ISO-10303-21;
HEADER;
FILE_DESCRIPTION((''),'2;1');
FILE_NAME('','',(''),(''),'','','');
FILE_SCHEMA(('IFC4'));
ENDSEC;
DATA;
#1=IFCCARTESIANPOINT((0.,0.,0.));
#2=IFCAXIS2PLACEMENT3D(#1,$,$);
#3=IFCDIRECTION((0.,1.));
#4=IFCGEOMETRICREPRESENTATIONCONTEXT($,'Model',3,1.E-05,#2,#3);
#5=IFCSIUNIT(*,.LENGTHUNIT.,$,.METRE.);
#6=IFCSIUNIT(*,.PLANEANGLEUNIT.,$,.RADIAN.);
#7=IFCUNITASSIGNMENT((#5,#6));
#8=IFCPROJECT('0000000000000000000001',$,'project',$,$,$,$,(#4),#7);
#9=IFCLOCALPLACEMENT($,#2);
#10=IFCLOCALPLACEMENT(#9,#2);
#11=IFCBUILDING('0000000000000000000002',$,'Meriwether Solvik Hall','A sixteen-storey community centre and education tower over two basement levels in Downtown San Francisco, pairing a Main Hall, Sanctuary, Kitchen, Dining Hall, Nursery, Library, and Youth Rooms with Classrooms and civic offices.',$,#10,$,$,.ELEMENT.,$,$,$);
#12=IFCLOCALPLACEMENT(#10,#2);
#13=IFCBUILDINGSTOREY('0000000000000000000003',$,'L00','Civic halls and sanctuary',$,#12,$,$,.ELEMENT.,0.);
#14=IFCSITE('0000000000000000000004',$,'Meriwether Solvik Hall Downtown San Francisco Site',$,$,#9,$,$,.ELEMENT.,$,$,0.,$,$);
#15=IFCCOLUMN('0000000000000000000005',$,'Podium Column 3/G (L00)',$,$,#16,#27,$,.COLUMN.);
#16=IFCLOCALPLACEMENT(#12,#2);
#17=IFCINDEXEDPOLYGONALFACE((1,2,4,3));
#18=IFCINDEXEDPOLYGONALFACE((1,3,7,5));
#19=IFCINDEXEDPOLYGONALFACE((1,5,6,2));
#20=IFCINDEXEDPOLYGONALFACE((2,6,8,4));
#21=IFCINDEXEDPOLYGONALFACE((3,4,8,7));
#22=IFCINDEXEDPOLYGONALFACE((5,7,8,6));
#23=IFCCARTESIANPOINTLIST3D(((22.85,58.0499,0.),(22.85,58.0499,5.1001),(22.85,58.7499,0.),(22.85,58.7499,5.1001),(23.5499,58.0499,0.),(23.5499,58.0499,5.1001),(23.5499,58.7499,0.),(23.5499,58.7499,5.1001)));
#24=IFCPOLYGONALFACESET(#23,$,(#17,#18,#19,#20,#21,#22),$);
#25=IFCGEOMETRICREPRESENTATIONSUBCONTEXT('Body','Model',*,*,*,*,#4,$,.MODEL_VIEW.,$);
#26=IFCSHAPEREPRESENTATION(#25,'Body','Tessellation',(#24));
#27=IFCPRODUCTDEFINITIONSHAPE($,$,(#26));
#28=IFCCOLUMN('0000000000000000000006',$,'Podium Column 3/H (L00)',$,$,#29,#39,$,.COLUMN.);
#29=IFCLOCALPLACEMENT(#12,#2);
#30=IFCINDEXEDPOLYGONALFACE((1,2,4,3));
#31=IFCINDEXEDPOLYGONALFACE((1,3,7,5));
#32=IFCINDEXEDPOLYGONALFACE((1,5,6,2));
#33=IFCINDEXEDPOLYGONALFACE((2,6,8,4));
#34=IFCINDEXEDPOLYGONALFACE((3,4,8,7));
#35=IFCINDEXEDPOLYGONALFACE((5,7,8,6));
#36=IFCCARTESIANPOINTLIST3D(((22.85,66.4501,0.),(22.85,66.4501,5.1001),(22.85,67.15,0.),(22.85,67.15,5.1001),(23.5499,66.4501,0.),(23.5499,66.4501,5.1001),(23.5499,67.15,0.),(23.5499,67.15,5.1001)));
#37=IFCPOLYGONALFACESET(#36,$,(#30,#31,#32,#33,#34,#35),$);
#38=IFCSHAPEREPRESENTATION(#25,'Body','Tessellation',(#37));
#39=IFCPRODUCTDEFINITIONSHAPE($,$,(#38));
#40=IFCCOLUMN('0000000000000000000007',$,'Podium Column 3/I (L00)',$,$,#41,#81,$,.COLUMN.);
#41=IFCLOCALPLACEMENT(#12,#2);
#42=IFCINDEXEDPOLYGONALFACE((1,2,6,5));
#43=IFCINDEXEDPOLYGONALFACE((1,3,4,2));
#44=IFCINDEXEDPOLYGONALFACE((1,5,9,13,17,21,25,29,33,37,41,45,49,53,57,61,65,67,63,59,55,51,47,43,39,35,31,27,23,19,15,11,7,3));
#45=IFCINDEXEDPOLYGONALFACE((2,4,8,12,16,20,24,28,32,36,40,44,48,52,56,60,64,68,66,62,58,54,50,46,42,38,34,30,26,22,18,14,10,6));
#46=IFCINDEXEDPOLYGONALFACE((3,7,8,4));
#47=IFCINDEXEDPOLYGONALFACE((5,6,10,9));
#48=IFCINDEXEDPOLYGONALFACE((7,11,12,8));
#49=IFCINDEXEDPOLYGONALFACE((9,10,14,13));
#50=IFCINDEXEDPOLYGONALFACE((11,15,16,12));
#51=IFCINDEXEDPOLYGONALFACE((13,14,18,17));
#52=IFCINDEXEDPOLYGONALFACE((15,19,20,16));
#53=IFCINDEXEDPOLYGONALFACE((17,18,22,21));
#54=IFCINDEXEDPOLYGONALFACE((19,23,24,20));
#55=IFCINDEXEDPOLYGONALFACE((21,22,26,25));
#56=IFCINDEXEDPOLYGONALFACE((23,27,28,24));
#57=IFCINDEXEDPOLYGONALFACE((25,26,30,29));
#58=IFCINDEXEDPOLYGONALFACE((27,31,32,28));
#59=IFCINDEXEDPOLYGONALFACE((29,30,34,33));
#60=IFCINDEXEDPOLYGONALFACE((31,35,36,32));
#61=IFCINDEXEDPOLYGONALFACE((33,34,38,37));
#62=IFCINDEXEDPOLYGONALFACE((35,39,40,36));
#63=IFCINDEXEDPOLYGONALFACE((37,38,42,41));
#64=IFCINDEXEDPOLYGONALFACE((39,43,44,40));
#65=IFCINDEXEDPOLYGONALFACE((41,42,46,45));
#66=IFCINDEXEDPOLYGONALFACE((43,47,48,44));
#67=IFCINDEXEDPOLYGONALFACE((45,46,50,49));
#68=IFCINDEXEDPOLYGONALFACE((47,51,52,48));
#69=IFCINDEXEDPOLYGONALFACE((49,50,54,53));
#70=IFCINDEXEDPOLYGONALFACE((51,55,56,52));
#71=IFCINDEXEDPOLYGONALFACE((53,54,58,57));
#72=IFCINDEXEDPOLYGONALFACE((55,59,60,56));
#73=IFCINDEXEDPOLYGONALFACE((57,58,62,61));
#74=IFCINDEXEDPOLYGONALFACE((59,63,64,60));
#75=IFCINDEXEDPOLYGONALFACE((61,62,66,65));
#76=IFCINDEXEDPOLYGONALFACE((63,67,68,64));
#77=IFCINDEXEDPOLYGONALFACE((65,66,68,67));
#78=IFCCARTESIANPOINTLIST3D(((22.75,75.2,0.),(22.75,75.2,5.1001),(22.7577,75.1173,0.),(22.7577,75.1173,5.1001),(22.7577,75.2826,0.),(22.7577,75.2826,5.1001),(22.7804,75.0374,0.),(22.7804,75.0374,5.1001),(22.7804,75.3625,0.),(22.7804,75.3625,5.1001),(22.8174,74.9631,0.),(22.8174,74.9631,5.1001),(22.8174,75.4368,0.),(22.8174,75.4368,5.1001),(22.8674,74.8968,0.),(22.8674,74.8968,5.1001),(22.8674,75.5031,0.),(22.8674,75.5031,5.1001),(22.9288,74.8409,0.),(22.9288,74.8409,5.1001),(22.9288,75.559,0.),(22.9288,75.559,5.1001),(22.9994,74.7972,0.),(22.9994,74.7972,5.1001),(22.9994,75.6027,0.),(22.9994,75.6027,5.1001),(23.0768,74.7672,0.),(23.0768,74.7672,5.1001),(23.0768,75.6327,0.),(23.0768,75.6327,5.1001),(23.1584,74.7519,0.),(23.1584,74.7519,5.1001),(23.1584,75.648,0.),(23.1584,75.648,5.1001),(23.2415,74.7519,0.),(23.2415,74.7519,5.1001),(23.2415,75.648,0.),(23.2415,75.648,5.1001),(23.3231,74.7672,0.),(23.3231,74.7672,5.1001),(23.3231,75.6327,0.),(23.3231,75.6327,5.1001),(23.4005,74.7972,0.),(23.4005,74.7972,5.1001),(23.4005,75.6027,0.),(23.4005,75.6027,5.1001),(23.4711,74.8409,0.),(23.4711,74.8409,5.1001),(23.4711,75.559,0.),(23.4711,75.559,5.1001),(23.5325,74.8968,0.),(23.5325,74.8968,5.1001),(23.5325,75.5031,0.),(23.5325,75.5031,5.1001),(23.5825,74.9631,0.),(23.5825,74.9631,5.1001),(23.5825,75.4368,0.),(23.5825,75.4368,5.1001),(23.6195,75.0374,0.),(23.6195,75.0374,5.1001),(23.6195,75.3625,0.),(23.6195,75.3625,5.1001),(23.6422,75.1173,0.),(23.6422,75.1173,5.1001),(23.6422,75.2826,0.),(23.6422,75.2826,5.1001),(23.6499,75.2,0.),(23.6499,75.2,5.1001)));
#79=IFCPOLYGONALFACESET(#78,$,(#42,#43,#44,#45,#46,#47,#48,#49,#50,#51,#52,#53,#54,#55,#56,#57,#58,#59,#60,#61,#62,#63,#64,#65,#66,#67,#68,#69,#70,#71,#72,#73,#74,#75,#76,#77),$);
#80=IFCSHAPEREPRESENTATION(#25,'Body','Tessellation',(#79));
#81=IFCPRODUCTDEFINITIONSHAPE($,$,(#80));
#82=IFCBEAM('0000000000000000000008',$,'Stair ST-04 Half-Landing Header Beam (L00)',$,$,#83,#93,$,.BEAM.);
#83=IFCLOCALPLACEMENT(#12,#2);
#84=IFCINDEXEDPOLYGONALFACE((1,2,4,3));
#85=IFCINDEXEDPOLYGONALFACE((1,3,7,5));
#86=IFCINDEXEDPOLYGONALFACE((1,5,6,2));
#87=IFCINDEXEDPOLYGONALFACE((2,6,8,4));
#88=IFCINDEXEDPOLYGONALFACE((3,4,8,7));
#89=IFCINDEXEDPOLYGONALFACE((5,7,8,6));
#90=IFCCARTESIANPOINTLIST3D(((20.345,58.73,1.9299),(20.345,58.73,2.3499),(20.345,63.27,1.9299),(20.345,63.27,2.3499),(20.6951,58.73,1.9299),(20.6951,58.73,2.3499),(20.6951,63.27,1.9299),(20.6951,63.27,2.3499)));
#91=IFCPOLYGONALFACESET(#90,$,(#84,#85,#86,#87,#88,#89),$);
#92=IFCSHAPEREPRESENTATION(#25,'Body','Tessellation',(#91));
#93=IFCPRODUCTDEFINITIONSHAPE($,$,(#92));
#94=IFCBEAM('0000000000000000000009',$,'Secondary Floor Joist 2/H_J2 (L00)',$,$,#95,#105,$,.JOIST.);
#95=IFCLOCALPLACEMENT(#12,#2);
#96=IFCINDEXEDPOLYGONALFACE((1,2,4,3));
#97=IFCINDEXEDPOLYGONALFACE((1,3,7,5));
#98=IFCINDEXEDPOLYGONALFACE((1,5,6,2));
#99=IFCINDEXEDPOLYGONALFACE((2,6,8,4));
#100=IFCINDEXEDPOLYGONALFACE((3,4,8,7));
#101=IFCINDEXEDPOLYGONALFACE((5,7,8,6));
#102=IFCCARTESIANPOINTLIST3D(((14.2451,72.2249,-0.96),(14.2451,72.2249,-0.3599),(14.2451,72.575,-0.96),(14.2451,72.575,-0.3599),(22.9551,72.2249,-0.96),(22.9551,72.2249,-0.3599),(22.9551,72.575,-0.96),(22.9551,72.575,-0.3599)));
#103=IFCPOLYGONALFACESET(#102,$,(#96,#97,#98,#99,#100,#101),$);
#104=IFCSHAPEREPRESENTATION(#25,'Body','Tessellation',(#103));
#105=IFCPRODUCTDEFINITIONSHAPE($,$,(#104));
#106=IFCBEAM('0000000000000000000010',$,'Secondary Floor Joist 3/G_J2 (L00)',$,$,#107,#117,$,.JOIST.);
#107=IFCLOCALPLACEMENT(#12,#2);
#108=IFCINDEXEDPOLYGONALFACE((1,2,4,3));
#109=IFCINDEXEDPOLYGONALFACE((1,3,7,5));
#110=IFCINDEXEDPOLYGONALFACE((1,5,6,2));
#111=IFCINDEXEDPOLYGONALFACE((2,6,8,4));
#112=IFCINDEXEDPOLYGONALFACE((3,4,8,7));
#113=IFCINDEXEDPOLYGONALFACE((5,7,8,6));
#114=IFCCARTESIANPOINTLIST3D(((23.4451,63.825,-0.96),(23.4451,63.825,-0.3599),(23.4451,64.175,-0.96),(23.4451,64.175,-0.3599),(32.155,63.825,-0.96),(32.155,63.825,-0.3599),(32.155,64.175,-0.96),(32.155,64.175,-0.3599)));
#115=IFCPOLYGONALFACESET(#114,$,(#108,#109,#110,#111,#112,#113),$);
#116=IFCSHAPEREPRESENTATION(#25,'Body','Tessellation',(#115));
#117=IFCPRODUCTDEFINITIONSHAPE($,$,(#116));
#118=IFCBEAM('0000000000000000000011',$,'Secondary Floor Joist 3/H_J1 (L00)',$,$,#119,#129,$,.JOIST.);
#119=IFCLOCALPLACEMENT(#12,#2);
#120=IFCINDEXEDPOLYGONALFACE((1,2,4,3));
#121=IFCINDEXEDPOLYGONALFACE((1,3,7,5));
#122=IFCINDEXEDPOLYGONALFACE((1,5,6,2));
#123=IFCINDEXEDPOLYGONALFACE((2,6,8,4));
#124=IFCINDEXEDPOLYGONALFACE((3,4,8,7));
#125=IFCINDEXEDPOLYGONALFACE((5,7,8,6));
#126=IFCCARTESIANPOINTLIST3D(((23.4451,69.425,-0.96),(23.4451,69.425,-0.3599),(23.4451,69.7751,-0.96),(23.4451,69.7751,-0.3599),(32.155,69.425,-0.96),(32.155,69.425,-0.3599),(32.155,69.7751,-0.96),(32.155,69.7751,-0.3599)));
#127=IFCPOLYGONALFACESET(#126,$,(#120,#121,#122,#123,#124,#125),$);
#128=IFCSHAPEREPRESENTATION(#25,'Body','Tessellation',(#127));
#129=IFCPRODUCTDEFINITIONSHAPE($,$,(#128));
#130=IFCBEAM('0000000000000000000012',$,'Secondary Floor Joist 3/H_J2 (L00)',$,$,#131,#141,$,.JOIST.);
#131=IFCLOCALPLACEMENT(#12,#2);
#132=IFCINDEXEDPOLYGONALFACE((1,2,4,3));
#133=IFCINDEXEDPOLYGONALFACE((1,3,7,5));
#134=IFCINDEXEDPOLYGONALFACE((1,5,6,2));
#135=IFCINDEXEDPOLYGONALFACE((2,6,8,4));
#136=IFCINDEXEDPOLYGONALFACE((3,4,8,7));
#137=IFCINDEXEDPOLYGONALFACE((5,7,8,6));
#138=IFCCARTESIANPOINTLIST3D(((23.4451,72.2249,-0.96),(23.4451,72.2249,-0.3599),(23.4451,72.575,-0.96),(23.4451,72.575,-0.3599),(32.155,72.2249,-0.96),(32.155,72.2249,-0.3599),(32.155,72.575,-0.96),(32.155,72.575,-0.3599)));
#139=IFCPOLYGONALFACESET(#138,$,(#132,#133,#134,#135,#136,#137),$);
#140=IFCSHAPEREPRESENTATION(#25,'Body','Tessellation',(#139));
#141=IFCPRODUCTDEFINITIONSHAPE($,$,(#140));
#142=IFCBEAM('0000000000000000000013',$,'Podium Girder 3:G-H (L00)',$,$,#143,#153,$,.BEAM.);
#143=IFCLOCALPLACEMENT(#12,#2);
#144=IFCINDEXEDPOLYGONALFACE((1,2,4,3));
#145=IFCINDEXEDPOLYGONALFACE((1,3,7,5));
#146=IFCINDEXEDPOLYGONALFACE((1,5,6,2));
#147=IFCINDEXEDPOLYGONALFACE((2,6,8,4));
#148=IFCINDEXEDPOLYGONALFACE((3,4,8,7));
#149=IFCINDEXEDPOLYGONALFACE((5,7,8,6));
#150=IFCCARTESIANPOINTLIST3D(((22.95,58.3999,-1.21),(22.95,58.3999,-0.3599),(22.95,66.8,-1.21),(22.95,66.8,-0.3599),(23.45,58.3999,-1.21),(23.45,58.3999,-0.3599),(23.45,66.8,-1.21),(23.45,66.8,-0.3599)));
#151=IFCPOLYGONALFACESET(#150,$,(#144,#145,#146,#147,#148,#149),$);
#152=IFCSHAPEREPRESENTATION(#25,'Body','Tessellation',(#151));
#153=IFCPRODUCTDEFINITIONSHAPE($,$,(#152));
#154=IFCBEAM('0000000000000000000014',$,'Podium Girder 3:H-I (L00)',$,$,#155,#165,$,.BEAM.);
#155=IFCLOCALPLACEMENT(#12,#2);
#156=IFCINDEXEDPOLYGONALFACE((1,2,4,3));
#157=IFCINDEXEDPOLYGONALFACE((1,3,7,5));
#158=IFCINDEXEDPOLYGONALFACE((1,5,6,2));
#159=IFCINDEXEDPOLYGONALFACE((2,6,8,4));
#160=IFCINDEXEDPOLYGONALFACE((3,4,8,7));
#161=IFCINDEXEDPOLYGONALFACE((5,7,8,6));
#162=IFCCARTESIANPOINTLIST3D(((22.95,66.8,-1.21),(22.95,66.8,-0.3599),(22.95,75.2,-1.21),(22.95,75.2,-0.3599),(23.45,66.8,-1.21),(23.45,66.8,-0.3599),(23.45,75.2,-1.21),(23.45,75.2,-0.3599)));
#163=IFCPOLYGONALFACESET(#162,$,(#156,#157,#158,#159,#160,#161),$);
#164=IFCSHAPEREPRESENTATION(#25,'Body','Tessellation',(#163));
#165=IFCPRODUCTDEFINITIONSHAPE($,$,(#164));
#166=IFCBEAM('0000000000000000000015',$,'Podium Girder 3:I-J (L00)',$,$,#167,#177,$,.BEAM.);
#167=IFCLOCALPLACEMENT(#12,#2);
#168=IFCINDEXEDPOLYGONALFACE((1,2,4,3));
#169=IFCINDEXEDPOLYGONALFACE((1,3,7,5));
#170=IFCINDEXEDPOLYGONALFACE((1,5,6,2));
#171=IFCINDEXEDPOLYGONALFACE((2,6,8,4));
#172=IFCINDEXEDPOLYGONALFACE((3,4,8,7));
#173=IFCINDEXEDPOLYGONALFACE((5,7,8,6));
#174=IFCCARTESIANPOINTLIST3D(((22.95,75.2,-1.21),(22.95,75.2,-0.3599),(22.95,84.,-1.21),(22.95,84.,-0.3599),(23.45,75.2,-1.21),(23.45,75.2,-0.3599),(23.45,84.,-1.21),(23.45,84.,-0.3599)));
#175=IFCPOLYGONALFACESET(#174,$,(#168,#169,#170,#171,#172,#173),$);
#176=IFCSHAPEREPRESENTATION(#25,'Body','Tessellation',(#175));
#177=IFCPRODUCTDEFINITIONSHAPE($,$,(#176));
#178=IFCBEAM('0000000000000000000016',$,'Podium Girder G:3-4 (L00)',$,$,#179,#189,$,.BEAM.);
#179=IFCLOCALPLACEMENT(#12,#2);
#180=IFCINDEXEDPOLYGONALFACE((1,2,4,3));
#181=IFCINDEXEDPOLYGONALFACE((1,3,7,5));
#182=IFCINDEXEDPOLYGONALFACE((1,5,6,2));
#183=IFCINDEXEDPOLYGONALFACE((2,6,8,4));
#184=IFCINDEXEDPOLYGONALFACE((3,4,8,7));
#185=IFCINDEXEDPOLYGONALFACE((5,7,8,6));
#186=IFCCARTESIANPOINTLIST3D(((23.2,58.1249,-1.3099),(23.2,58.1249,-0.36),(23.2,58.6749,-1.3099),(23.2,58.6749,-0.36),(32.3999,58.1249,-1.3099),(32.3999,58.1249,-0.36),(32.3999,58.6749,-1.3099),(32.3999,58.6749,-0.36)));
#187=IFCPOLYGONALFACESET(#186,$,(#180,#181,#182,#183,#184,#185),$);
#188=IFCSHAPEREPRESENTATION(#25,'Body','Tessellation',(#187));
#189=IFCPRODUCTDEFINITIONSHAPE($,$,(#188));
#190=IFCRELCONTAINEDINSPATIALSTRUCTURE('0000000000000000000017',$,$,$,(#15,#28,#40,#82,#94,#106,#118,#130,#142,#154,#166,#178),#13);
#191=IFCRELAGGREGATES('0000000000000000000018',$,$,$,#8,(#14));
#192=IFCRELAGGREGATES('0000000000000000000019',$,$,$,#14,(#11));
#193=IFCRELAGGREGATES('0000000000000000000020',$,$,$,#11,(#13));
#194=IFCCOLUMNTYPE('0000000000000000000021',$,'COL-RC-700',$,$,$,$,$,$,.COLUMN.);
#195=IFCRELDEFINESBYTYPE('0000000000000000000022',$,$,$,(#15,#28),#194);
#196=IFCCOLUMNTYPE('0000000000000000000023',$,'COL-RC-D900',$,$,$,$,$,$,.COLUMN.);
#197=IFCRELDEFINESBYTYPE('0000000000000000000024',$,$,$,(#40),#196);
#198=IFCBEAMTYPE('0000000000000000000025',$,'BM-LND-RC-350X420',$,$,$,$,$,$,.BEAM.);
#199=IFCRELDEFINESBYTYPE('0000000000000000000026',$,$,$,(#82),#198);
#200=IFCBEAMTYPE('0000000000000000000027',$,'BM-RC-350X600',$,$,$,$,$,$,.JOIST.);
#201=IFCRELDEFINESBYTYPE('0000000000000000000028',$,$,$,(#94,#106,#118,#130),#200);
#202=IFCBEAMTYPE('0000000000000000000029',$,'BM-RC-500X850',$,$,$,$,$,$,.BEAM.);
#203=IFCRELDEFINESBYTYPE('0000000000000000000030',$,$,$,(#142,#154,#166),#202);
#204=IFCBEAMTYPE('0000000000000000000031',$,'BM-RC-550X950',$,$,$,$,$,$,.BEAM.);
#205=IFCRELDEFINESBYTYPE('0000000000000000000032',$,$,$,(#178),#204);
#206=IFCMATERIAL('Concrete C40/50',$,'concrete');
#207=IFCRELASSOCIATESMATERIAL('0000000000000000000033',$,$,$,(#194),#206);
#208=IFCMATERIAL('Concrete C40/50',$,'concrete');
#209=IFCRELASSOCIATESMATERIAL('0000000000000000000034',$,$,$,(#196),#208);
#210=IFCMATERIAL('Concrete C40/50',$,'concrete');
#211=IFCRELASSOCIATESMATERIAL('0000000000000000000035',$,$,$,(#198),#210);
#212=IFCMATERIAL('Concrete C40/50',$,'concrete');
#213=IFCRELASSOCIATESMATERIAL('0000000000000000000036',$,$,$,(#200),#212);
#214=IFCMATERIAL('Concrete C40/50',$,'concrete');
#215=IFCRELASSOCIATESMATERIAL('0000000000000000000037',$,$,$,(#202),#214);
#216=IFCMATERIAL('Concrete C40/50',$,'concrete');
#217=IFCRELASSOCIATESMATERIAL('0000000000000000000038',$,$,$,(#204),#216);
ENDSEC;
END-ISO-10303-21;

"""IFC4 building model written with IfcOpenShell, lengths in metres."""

from ifc_helpers import new_model, si_unit, direction, frame, origin, origin_2d, place, context, subcontext, project, spatial, rectangle, circle, extrude, material, material_profile, profile_set, type_object, element, save


model = new_model("IFC4")

# Units and contexts
model_context = context("Model", 3, precision=1e-05, world=origin(), true_north=direction((0.0, 1.0)))
body_context = subcontext(model_context, "Body", "Model", "MODEL_VIEW")
ifc_project = project(units=[si_unit("LENGTHUNIT", "METRE"), si_unit("PLANEANGLEUNIT", "RADIAN")], contexts=[model_context])

# Site, building, storey
site_placement = place(None, origin())
site = spatial("IfcSite", under=ifc_project, at=site_placement, Name="Meriwether Solvik Hall Downtown San Francisco Site", CompositionType="ELEMENT", RefElevation=0.0)
building_placement = place(site_placement, origin())
building = spatial("IfcBuilding", under=site, at=building_placement, Name="Meriwether Solvik Hall", Description="A sixteen-storey community centre and education tower over two basement levels in Downtown San Francisco, pairing a Main Hall, Sanctuary, Kitchen, Dining Hall, Nursery, Library, and Youth Rooms with Classrooms and civic offices.", CompositionType="ELEMENT")
storey_placement = place(building_placement, origin())
storey = spatial("IfcBuildingStorey", under=building, at=storey_placement, Name="L00", Description="Civic halls and sanctuary", CompositionType="ELEMENT", Elevation=0.0)

# Columns
ifc_material_1 = material(Name="Concrete C40/50", Category="concrete")
ifc_material_profile_1 = material_profile(ifc_material_1, rectangle(XDim=0.7, YDim=0.7, at=origin_2d()), Name="RCC-700X700")
ifc_profile_set_1 = profile_set([ifc_material_profile_1], Name="Concrete C40/50")
column_type_1 = type_object("IfcColumnType", Name="COL-RC-700", PredefinedType="COLUMN", material=ifc_profile_set_1)
for number, where, z_axis, x_axis, name in (
    (1, (23.2, 58.3999, 0.0), (0.0, 0.0, 1.0), (1.0, 0.0, 0.0), "Podium Column 3/G (L00)"),
    (2, (23.2, 66.8, 0.0), (0.0, 0.0, 1.0), (1.0, 0.0, 0.0), "Podium Column 3/H (L00)"),
):
    element("IfcColumn", number, at=place(storey_placement, frame(where, z_axis=z_axis, x_axis=x_axis)), inside=storey, type_object=column_type_1, Name=name, PredefinedType="COLUMN", context=body_context, shape_type="SweptSolid", body=[
        extrude(rectangle(XDim=0.7, YDim=0.7, at=origin_2d()), origin(), (0.0, 0.0, 1.0), 5.1001),
    ])
ifc_material_2 = material(Name="Concrete C40/50", Category="concrete")
ifc_material_profile_2 = material_profile(ifc_material_2, circle(Radius=0.45, at=origin_2d()), Name="RCC-D900")
ifc_profile_set_2 = profile_set([ifc_material_profile_2], Name="Concrete C40/50")
column_type_2 = type_object("IfcColumnType", Name="COL-RC-D900", PredefinedType="COLUMN", material=ifc_profile_set_2)
column_placement = place(storey_placement, frame((23.2, 75.2, 0.0), z_axis=(0.0, 0.0, 1.0), x_axis=(1.0, 0.0, 0.0)))
element("IfcColumn", 3, at=column_placement, inside=storey, type_object=column_type_2, Name="Podium Column 3/I (L00)", PredefinedType="COLUMN", context=body_context, shape_type="SweptSolid", body=[
    extrude(circle(Radius=0.45, at=origin_2d()), origin(), (0.0, 0.0, 1.0), 5.1001),
])

# Beams
ifc_material_3 = material(Name="Concrete C40/50", Category="concrete")
ifc_material_profile_3 = material_profile(ifc_material_3, rectangle(XDim=0.3501, YDim=0.4199, at=origin_2d()), Name="RCB-350X420")
ifc_profile_set_3 = profile_set([ifc_material_profile_3], Name="Concrete C40/50")
beam_type_1 = type_object("IfcBeamType", Name="BM-LND-RC-350X420", PredefinedType="BEAM", material=ifc_profile_set_3)
beam_1_placement = place(storey_placement, frame((20.52, 58.73, 2.1399), z_axis=(0.0, 1.0, 0.0), x_axis=(-1.0, 0.0, 0.0)))
element("IfcBeam", 4, at=beam_1_placement, inside=storey, type_object=beam_type_1, Name="Stair ST-04 Half-Landing Header Beam (L00)", PredefinedType="BEAM", context=body_context, shape_type="SweptSolid", body=[
    extrude(rectangle(XDim=0.3501, YDim=0.4199, at=origin_2d()), origin(), (0.0, 0.0, 1.0), 4.54),
])
ifc_material_4 = material(Name="Concrete C40/50", Category="concrete")
ifc_material_profile_4 = material_profile(ifc_material_4, rectangle(XDim=0.3501, YDim=0.6001, at=origin_2d()), Name="RCB-350X600")
ifc_profile_set_4 = profile_set([ifc_material_profile_4], Name="Concrete C40/50")
beam_type_2 = type_object("IfcBeamType", Name="BM-RC-350X600", PredefinedType="JOIST", material=ifc_profile_set_4)
for number, where, z_axis, x_axis, name in (
    (5, (14.2451, 72.3999, -0.6599), (1.0, 0.0, 0.0), (0.0, 1.0, 0.0), "Secondary Floor Joist 2/H_J2 (L00)"),
    (6, (23.4451, 64.0, -0.6599), (1.0, 0.0, 0.0), (0.0, 1.0, 0.0), "Secondary Floor Joist 3/G_J2 (L00)"),
    (7, (23.4451, 69.6001, -0.6599), (1.0, 0.0, 0.0), (0.0, 1.0, 0.0), "Secondary Floor Joist 3/H_J1 (L00)"),
    (8, (23.4451, 72.3999, -0.6599), (1.0, 0.0, 0.0), (0.0, 1.0, 0.0), "Secondary Floor Joist 3/H_J2 (L00)"),
):
    element("IfcBeam", number, at=place(storey_placement, frame(where, z_axis=z_axis, x_axis=x_axis)), inside=storey, type_object=beam_type_2, Name=name, PredefinedType="JOIST", context=body_context, shape_type="SweptSolid", body=[
        extrude(rectangle(XDim=0.3501, YDim=0.6001, at=origin_2d()), origin(), (0.0, 0.0, 1.0), 8.71),
    ])
ifc_material_5 = material(Name="Concrete C40/50", Category="concrete")
ifc_material_profile_5 = material_profile(ifc_material_5, rectangle(XDim=0.5, YDim=0.8501, at=origin_2d()), Name="RCB-500X850")
ifc_profile_set_5 = profile_set([ifc_material_profile_5], Name="Concrete C40/50")
beam_type_3 = type_object("IfcBeamType", Name="BM-RC-500X850", PredefinedType="BEAM", material=ifc_profile_set_5)
beam_2_placement = place(storey_placement, frame((23.2, 58.3999, -0.7849), z_axis=(0.0, 1.0, 0.0), x_axis=(-1.0, 0.0, 0.0)))
element("IfcBeam", 9, at=beam_2_placement, inside=storey, type_object=beam_type_3, Name="Podium Girder 3:G-H (L00)", PredefinedType="BEAM", context=body_context, shape_type="SweptSolid", body=[
    extrude(rectangle(XDim=0.5, YDim=0.8501, at=origin_2d()), origin(), (0.0, 0.0, 1.0), 8.4001),
])
beam_3_placement = place(storey_placement, frame((23.2, 66.8, -0.7849), z_axis=(0.0, 1.0, 0.0), x_axis=(-1.0, 0.0, 0.0)))
element("IfcBeam", 10, at=beam_3_placement, inside=storey, type_object=beam_type_3, Name="Podium Girder 3:H-I (L00)", PredefinedType="BEAM", context=body_context, shape_type="SweptSolid", body=[
    extrude(rectangle(XDim=0.5, YDim=0.8501, at=origin_2d()), origin(), (0.0, 0.0, 1.0), 8.3999),
])
beam_4_placement = place(storey_placement, frame((23.2, 75.2, -0.7849), z_axis=(0.0, 1.0, 0.0), x_axis=(-1.0, 0.0, 0.0)))
element("IfcBeam", 11, at=beam_4_placement, inside=storey, type_object=beam_type_3, Name="Podium Girder 3:I-J (L00)", PredefinedType="BEAM", context=body_context, shape_type="SweptSolid", body=[
    extrude(rectangle(XDim=0.5, YDim=0.8501, at=origin_2d()), origin(), (0.0, 0.0, 1.0), 8.8),
])
ifc_material_6 = material(Name="Concrete C40/50", Category="concrete")
ifc_material_profile_6 = material_profile(ifc_material_6, rectangle(XDim=0.55, YDim=0.95, at=origin_2d()), Name="RCB-550X950")
ifc_profile_set_6 = profile_set([ifc_material_profile_6], Name="Concrete C40/50")
beam_type_4 = type_object("IfcBeamType", Name="BM-RC-550X950", PredefinedType="BEAM", material=ifc_profile_set_6)
for number, where, z_axis, x_axis, name in (
    (12, (23.2, 58.3999, -0.835), (1.0, 0.0, 0.0), (0.0, 1.0, 0.0), "Podium Girder G:3-4 (L00)"),
):
    element("IfcBeam", number, at=place(storey_placement, frame(where, z_axis=z_axis, x_axis=x_axis)), inside=storey, type_object=beam_type_4, Name=name, PredefinedType="BEAM", context=body_context, shape_type="SweptSolid", body=[
        extrude(rectangle(XDim=0.55, YDim=0.95, at=origin_2d()), origin(), (0.0, 0.0, 1.0), 9.2),
    ])

save(model, "model.ifc")
